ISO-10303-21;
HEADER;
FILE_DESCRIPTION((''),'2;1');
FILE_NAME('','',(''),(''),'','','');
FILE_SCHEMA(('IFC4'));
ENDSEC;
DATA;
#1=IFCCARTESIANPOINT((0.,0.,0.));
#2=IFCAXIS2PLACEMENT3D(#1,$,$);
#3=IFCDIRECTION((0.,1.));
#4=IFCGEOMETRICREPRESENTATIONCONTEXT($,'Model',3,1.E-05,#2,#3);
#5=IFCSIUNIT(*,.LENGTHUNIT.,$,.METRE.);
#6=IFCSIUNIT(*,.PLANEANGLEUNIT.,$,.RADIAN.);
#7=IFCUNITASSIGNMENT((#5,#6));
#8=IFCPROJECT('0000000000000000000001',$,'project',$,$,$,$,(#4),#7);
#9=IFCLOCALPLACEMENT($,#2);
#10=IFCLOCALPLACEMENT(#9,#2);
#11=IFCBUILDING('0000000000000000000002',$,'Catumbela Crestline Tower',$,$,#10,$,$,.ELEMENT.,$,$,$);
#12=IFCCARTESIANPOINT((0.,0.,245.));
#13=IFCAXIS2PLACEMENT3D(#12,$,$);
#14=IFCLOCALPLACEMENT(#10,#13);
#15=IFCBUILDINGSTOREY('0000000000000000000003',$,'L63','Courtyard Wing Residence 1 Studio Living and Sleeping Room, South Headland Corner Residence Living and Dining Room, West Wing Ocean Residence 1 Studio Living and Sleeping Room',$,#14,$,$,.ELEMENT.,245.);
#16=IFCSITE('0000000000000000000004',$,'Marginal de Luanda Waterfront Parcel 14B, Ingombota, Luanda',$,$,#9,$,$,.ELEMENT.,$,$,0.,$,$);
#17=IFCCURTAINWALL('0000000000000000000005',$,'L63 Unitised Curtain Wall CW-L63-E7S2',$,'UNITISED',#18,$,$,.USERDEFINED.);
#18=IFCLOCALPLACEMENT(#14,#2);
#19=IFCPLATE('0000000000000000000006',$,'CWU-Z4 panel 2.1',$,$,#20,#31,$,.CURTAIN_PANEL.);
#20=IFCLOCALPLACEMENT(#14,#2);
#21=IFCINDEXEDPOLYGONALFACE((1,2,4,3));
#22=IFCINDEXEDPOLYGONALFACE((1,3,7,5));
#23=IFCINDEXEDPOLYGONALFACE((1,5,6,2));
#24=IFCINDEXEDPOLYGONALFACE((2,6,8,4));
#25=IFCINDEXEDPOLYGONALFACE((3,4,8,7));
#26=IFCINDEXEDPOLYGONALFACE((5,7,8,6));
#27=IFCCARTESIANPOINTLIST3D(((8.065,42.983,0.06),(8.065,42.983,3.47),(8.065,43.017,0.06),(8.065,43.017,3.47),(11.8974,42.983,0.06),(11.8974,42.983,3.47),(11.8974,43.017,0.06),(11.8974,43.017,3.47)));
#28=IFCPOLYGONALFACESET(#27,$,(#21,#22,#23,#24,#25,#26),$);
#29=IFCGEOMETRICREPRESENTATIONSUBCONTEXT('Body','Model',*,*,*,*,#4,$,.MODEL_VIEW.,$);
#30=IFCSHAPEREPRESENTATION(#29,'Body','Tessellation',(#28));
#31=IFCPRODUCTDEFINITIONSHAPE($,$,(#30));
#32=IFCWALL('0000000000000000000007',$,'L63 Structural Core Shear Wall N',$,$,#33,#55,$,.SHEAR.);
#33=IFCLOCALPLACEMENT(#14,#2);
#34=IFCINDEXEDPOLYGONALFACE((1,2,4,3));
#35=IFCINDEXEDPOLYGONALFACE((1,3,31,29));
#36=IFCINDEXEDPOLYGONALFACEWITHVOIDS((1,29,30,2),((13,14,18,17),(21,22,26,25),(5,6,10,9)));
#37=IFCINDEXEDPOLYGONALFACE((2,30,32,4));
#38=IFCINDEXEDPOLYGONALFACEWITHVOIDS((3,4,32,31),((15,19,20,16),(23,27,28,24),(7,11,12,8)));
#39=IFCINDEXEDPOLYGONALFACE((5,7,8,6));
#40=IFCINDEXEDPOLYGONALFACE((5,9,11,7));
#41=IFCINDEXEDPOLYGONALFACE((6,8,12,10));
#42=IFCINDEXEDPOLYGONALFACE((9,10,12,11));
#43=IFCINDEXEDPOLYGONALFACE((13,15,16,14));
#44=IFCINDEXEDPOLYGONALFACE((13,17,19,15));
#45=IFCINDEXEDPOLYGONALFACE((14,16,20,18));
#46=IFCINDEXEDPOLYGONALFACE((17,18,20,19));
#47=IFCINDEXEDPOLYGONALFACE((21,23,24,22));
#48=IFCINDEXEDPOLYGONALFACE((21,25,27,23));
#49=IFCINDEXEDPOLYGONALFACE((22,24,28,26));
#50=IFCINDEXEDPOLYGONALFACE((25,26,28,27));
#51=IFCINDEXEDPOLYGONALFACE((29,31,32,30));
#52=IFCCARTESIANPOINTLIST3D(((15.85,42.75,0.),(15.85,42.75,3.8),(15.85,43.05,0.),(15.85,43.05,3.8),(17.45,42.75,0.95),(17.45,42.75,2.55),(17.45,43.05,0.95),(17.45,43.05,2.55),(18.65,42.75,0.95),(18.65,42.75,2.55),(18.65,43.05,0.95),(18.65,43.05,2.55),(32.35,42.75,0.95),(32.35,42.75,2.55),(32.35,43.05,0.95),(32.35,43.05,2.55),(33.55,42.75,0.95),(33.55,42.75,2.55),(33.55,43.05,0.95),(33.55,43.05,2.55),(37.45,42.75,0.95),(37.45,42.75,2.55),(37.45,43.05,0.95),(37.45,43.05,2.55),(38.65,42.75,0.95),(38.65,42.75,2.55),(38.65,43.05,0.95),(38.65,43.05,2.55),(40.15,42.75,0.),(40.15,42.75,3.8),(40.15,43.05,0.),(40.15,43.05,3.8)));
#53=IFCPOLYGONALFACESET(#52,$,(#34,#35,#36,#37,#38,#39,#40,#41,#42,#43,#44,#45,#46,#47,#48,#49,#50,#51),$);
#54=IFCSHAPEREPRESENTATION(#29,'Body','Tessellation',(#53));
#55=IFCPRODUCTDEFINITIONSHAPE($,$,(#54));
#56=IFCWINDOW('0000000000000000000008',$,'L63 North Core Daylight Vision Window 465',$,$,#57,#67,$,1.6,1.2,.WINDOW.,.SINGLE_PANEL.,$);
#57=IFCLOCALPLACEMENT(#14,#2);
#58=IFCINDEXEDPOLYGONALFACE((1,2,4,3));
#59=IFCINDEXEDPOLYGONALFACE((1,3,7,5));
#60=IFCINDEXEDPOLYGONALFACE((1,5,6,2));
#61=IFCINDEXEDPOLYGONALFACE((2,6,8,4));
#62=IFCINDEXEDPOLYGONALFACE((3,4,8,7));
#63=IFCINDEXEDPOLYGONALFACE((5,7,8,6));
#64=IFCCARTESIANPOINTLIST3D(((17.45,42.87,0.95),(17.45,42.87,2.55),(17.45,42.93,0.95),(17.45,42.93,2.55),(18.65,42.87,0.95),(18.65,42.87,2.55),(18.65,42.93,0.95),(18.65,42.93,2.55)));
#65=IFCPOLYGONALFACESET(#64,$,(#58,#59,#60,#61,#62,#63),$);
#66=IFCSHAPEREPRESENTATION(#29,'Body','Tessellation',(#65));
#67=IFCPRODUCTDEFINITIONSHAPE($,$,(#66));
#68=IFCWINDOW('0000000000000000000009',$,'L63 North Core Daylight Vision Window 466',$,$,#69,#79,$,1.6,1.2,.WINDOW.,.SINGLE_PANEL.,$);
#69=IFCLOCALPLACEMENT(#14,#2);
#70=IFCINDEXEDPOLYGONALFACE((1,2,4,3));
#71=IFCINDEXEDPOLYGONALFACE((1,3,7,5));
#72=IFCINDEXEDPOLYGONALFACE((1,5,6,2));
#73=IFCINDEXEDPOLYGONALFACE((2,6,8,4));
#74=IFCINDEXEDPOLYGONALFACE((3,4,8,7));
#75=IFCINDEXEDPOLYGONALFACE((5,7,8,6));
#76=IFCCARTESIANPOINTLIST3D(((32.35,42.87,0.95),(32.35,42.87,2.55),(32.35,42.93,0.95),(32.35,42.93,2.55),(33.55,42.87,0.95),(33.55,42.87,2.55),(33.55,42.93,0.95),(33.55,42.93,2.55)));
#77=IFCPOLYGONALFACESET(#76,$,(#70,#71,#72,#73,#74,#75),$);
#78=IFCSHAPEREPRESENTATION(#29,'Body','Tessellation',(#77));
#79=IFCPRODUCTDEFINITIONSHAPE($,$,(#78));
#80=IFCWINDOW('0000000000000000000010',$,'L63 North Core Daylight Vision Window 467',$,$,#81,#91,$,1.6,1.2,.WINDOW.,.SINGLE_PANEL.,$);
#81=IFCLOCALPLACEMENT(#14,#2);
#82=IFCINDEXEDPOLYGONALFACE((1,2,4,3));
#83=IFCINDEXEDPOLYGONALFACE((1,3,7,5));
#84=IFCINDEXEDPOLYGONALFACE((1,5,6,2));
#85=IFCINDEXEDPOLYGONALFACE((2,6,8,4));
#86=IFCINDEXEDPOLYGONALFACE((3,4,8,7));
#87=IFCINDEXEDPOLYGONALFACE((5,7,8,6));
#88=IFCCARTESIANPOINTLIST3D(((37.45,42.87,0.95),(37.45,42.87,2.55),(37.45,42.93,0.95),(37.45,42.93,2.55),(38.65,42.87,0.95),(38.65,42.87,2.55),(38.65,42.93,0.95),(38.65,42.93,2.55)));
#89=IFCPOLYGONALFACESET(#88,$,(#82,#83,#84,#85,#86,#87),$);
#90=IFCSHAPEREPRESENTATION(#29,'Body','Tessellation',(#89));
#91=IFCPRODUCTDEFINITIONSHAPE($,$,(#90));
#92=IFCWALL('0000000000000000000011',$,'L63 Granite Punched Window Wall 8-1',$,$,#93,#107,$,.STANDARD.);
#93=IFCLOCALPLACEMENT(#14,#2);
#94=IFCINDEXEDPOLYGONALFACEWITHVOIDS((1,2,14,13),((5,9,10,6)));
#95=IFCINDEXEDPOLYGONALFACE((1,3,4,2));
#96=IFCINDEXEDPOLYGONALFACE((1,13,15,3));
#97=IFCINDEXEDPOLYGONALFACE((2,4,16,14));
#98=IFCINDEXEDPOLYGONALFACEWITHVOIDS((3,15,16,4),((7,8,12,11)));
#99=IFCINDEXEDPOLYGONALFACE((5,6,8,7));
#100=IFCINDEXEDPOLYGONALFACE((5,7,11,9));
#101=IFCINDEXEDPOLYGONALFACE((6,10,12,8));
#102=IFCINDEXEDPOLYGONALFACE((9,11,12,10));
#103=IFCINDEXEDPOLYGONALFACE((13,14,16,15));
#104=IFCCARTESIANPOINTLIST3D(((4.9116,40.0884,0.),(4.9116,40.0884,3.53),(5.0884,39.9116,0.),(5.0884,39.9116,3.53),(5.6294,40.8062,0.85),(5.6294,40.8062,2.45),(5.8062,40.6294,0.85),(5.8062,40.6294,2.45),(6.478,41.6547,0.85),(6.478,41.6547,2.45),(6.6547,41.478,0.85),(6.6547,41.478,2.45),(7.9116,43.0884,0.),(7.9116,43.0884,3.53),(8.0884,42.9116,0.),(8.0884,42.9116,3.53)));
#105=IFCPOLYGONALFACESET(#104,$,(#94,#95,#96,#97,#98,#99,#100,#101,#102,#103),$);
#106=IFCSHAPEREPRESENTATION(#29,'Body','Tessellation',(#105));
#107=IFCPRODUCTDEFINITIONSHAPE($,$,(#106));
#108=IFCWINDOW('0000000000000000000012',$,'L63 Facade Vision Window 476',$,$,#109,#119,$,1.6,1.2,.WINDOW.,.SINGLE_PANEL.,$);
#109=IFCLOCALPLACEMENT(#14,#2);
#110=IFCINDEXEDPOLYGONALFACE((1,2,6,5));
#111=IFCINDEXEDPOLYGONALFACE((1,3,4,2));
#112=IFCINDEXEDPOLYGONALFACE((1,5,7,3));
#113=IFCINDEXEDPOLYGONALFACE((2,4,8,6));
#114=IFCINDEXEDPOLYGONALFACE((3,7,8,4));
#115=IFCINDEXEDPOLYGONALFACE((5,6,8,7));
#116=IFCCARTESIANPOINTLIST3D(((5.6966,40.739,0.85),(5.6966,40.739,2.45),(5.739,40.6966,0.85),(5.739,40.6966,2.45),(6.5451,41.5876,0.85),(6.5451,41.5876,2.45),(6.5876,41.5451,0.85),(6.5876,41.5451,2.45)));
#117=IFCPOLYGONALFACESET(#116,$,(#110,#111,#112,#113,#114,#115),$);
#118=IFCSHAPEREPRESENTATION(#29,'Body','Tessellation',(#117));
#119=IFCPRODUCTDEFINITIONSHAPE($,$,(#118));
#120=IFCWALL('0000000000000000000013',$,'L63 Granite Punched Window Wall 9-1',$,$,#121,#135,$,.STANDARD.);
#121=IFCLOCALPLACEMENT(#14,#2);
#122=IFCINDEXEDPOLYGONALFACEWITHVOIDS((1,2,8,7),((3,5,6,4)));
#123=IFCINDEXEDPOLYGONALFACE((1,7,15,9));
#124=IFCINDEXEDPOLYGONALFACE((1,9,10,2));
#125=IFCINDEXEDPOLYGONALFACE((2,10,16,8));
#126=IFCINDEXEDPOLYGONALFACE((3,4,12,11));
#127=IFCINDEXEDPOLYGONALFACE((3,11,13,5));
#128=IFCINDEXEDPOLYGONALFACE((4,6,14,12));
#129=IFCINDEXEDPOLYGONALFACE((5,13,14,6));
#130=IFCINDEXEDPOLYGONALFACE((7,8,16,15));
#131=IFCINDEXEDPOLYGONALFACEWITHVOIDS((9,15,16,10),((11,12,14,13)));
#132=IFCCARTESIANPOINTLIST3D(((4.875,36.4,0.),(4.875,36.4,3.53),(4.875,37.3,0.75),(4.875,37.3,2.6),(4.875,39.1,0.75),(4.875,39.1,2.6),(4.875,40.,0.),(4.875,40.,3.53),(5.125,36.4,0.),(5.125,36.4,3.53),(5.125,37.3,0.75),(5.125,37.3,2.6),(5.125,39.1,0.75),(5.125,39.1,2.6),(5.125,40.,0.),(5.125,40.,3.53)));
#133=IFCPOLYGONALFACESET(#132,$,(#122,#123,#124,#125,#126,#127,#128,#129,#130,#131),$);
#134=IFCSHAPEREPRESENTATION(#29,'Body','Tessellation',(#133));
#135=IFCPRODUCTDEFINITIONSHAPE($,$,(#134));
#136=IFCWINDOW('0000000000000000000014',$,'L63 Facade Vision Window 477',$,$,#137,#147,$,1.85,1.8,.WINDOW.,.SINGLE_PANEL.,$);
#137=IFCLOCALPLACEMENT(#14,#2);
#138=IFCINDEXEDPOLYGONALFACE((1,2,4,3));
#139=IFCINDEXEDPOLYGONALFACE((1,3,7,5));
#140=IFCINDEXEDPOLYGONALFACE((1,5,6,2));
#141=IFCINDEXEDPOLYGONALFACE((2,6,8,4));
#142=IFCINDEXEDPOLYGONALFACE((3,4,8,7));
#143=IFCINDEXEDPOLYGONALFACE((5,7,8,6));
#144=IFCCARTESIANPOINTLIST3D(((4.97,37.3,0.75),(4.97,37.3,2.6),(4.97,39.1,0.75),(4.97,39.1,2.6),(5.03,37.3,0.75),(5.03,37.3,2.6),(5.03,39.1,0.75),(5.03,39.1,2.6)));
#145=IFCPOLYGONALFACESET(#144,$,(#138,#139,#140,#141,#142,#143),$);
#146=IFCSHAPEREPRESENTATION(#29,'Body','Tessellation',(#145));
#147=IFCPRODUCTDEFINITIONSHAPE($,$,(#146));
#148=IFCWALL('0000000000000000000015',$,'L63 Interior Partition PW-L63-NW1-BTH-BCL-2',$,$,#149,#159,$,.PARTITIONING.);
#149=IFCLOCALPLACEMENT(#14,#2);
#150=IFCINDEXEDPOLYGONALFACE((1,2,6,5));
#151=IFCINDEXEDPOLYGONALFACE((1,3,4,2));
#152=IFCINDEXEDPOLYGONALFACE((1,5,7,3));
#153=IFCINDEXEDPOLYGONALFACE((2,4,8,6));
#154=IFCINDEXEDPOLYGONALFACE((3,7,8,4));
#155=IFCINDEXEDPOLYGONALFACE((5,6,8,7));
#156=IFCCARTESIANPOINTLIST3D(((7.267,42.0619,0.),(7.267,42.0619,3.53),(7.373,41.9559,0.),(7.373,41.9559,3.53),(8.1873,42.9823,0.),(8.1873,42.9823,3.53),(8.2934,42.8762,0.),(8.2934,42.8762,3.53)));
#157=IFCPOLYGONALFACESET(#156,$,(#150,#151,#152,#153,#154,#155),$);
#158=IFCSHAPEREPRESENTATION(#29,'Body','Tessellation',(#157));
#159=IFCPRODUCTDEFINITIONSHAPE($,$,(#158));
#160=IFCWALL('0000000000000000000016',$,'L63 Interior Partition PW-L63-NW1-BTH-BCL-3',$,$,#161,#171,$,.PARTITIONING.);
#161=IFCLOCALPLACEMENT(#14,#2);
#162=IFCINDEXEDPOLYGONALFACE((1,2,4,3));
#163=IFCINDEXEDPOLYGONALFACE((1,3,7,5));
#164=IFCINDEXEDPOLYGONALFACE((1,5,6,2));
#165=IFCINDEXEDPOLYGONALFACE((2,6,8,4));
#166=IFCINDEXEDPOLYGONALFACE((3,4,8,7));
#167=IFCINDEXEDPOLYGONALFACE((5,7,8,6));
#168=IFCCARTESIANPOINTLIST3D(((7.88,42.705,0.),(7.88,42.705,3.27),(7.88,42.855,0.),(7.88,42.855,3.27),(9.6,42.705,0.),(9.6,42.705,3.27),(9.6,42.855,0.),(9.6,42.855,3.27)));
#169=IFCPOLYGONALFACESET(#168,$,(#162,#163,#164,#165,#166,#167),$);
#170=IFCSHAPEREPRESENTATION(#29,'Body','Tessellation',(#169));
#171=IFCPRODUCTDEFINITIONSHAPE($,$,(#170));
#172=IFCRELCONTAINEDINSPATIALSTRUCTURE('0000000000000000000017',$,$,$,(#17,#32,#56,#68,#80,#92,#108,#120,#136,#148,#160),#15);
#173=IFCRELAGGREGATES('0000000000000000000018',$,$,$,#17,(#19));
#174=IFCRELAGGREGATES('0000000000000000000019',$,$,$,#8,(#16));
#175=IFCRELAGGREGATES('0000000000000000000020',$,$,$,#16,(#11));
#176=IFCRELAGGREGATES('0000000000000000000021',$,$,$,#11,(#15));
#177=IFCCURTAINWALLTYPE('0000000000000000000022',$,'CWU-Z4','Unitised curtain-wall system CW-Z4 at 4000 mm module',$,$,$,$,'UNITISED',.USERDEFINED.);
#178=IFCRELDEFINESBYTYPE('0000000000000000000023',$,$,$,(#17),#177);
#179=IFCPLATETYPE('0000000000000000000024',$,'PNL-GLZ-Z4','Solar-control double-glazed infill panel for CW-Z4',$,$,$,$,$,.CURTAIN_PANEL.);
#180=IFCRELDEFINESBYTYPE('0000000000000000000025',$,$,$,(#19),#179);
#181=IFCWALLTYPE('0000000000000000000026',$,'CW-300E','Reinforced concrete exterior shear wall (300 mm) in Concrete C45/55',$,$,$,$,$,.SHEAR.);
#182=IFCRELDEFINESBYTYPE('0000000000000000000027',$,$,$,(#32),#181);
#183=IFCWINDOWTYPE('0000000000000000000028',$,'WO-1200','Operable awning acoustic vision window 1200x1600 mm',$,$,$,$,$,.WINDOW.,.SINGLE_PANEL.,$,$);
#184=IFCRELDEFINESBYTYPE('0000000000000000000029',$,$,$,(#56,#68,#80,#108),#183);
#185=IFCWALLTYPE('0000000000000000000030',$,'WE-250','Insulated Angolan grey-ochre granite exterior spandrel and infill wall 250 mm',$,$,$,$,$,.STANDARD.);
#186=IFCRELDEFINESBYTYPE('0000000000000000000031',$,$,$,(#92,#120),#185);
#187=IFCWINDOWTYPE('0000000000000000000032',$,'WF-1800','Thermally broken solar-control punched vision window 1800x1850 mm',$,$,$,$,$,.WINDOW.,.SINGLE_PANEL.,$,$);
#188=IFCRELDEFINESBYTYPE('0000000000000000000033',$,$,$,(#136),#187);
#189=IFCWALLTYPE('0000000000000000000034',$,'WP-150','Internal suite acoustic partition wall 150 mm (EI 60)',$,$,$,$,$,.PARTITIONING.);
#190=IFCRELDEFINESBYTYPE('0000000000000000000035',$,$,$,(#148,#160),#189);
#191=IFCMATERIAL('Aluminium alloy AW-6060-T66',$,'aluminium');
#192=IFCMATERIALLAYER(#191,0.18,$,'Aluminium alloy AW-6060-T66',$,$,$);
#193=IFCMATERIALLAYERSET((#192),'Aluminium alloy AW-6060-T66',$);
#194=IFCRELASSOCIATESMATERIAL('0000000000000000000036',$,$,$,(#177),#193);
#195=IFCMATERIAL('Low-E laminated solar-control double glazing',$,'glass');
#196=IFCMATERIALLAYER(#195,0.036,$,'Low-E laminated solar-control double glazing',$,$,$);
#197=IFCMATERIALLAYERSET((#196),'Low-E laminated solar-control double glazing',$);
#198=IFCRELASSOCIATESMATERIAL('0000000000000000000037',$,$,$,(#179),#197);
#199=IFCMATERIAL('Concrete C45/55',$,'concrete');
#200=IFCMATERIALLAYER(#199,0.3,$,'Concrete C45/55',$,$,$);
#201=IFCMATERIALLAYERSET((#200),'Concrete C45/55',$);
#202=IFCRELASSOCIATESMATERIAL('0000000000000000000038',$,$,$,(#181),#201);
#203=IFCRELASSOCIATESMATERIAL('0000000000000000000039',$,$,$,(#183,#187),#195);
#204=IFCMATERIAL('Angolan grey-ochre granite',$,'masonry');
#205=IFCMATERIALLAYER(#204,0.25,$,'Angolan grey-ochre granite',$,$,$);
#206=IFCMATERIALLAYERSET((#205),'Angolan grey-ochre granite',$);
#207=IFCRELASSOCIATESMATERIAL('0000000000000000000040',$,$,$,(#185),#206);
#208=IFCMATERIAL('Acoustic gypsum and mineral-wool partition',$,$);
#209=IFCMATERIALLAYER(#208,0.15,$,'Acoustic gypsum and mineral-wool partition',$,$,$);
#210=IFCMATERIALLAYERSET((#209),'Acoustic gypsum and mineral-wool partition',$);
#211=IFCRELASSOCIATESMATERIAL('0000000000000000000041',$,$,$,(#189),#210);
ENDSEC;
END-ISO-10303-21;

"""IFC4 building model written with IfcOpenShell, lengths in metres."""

from ifc_helpers import new_model, si_unit, direction, frame, frame_2d, origin, origin_2d, place, context, subcontext, project, spatial, rectangle, extrude, material, layer, layer_set, type_object, element, fill, aggregate, save


model = new_model("IFC4")

# Units and contexts
model_context = context("Model", 3, precision=1e-05, world=origin(), true_north=direction((0.0, 1.0)))
body_context = subcontext(model_context, "Body", "Model", "MODEL_VIEW")
ifc_project = project(units=[si_unit("LENGTHUNIT", "METRE"), si_unit("PLANEANGLEUNIT", "RADIAN")], contexts=[model_context])

# Site, building, storey
site_placement = place(None, origin())
site = spatial("IfcSite", under=ifc_project, at=site_placement, Name="Marginal de Luanda Waterfront Parcel 14B, Ingombota, Luanda", CompositionType="ELEMENT", RefElevation=0.0)
building_placement = place(site_placement, origin())
building = spatial("IfcBuilding", under=site, at=building_placement, Name="Catumbela Crestline Tower", CompositionType="ELEMENT")
storey_placement = place(building_placement, frame((0.0, 0.0, 245.0)))
storey = spatial("IfcBuildingStorey", under=building, at=storey_placement, Name="L63", Description="Courtyard Wing Residence 1 Studio Living and Sleeping Room, South Headland Corner Residence Living and Dining Room, West Wing Ocean Residence 1 Studio Living and Sleeping Room", CompositionType="ELEMENT", Elevation=245.0)

# Curtain wall, plate
ifc_material_1 = material(Name="Aluminium alloy AW-6060-T66", Category="aluminium")
ifc_layer_1 = layer(ifc_material_1, 0.18, Name="Aluminium alloy AW-6060-T66")
ifc_layer_set_1 = layer_set([ifc_layer_1], Name="Aluminium alloy AW-6060-T66")
curtain_wall_type = type_object("IfcCurtainWallType", Name="CWU-Z4", Description="Unitised curtain-wall system CW-Z4 at 4000 mm module", ElementType="UNITISED", PredefinedType="USERDEFINED", material=ifc_layer_set_1)
curtain_wall_placement = place(storey_placement, origin())
curtain_wall = element("IfcCurtainWall", 1, at=curtain_wall_placement, inside=storey, type_object=curtain_wall_type, Name="L63 Unitised Curtain Wall CW-L63-E7S2", ObjectType="UNITISED", PredefinedType="USERDEFINED")
ifc_material_2 = material(Name="Low-E laminated solar-control double glazing", Category="glass")
ifc_layer_2 = layer(ifc_material_2, 0.036, Name="Low-E laminated solar-control double glazing")
ifc_layer_set_2 = layer_set([ifc_layer_2], Name="Low-E laminated solar-control double glazing")
plate_type = type_object("IfcPlateType", Name="PNL-GLZ-Z4", Description="Solar-control double-glazed infill panel for CW-Z4", PredefinedType="CURTAIN_PANEL", material=ifc_layer_set_2)
plate_1_placement = place(storey_placement, frame((9.9812, 43.0, 0.06), z_axis=(0.0, 0.0, 1.0), x_axis=(-1.0, 0.0, 0.0)))
plate_1 = element("IfcPlate", 2, at=plate_1_placement, type_object=plate_type, Name="CWU-Z4 panel 2.1", PredefinedType="CURTAIN_PANEL", context=body_context, shape_type="SweptSolid", body=[
    extrude(rectangle(XDim=3.8325, YDim=0.034, at=origin_2d()), origin(), (0.0, 0.0, 1.0), 3.41),
])
aggregate(curtain_wall, [plate_1])

# Wall, openings, windows
ifc_material_3 = material(Name="Concrete C45/55", Category="concrete")
ifc_layer_3 = layer(ifc_material_3, 0.3, Name="Concrete C45/55")
ifc_layer_set_3 = layer_set([ifc_layer_3], Name="Concrete C45/55")
wall_type_1 = type_object("IfcWallType", Name="CW-300E", Description="Reinforced concrete exterior shear wall (300 mm) in Concrete C45/55", PredefinedType="SHEAR", material=ifc_layer_set_3)
wall_1_placement = place(storey_placement, frame((15.85, 42.9, 0.0), z_axis=(0.0, 0.0, 1.0), x_axis=(1.0, 0.0, 0.0)))
wall_1 = element("IfcWall", 3, at=wall_1_placement, inside=storey, type_object=wall_type_1, Name="L63 Structural Core Shear Wall N", PredefinedType="SHEAR", context=body_context, shape_type="SweptSolid", body=[
    extrude(rectangle(XDim=24.3, YDim=0.3, at=frame_2d((12.15, 0.0))), origin(), (0.0, 0.0, 1.0), 3.8),
])
opening_1_placement = place(wall_1_placement, frame((1.6, 0.0, 0.95)))
opening_1 = element("IfcOpeningElement", 4, at=opening_1_placement, cuts=wall_1, PredefinedType="OPENING", context=body_context, shape_type="SweptSolid", body=[
    extrude(rectangle(XDim=1.2, YDim=1.6, at=frame_2d((0.6, 0.8))), frame((0.0, 0.16, 0.0), z_axis=(0.0, -1.0, 0.0), x_axis=(1.0, 0.0, 0.0)), (0.0, 0.0, 1.0), 0.32),
])
opening_2_placement = place(wall_1_placement, frame((16.5, 0.0, 0.95)))
opening_2 = element("IfcOpeningElement", 5, at=opening_2_placement, cuts=wall_1, PredefinedType="OPENING", context=body_context, shape_type="SweptSolid", body=[
    extrude(rectangle(XDim=1.2, YDim=1.6, at=frame_2d((0.6, 0.8))), frame((0.0, 0.16, 0.0), z_axis=(0.0, -1.0, 0.0), x_axis=(1.0, 0.0, 0.0)), (0.0, 0.0, 1.0), 0.32),
])
opening_3_placement = place(wall_1_placement, frame((21.6, 0.0, 0.95)))
opening_3 = element("IfcOpeningElement", 6, at=opening_3_placement, cuts=wall_1, PredefinedType="OPENING", context=body_context, shape_type="SweptSolid", body=[
    extrude(rectangle(XDim=1.2, YDim=1.6, at=frame_2d((0.6, 0.8))), frame((0.0, 0.16, 0.0), z_axis=(0.0, -1.0, 0.0), x_axis=(1.0, 0.0, 0.0)), (0.0, 0.0, 1.0), 0.32),
])
window_type_1 = type_object("IfcWindowType", Name="WO-1200", Description="Operable awning acoustic vision window 1200x1600 mm", PartitioningType="SINGLE_PANEL", PredefinedType="WINDOW", material=ifc_material_2)
window_1_placement = place(opening_1_placement, origin())
window_1 = element("IfcWindow", 7, at=window_1_placement, inside=storey, type_object=window_type_1, Name="L63 North Core Daylight Vision Window 465", OverallHeight=1.6, OverallWidth=1.2, PartitioningType="SINGLE_PANEL", PredefinedType="WINDOW", context=body_context, shape_type="SweptSolid", body=[
    extrude(rectangle(XDim=1.2, YDim=1.6, at=frame_2d((0.6, 0.8))), frame((0.0, 0.03, 0.0), z_axis=(0.0, -1.0, 0.0), x_axis=(1.0, 0.0, 0.0)), (0.0, 0.0, 1.0), 0.06),
])
fill(opening_1, window_1)
window_2_placement = place(opening_2_placement, origin())
window_2 = element("IfcWindow", 8, at=window_2_placement, inside=storey, type_object=window_type_1, Name="L63 North Core Daylight Vision Window 466", OverallHeight=1.6, OverallWidth=1.2, PartitioningType="SINGLE_PANEL", PredefinedType="WINDOW", context=body_context, shape_type="SweptSolid", body=[
    extrude(rectangle(XDim=1.2, YDim=1.6, at=frame_2d((0.6, 0.8))), frame((0.0, 0.03, 0.0), z_axis=(0.0, -1.0, 0.0), x_axis=(1.0, 0.0, 0.0)), (0.0, 0.0, 1.0), 0.06),
])
fill(opening_2, window_2)
window_3_placement = place(opening_3_placement, origin())
window_3 = element("IfcWindow", 9, at=window_3_placement, inside=storey, type_object=window_type_1, Name="L63 North Core Daylight Vision Window 467", OverallHeight=1.6, OverallWidth=1.2, PartitioningType="SINGLE_PANEL", PredefinedType="WINDOW", context=body_context, shape_type="SweptSolid", body=[
    extrude(rectangle(XDim=1.2, YDim=1.6, at=frame_2d((0.6, 0.8))), frame((0.0, 0.03, 0.0), z_axis=(0.0, -1.0, 0.0), x_axis=(1.0, 0.0, 0.0)), (0.0, 0.0, 1.0), 0.06),
])
fill(opening_3, window_3)

# Walls, openings, windows
ifc_material_4 = material(Name="Angolan grey-ochre granite", Category="masonry")
ifc_layer_4 = layer(ifc_material_4, 0.25, Name="Angolan grey-ochre granite")
ifc_layer_set_4 = layer_set([ifc_layer_4], Name="Angolan grey-ochre granite")
wall_type_2 = type_object("IfcWallType", Name="WE-250", Description="Insulated Angolan grey-ochre granite exterior spandrel and infill wall 250 mm", PredefinedType="STANDARD", material=ifc_layer_set_4)
wall_2_placement = place(storey_placement, frame((8.0, 43.0, 0.0), z_axis=(0.0, 0.0, 1.0), x_axis=(-0.707107, -0.707107, 0.0)))
wall_2 = element("IfcWall", 10, at=wall_2_placement, inside=storey, type_object=wall_type_2, Name="L63 Granite Punched Window Wall 8-1", PredefinedType="STANDARD", context=body_context, shape_type="SweptSolid", body=[
    extrude(rectangle(XDim=4.2426, YDim=0.25, at=frame_2d((2.1213, 0.0))), origin(), (0.0, 0.0, 1.0), 3.53),
])
opening_4_placement = place(wall_2_placement, frame((2.0275, 0.0, 0.85)))
opening_4 = element("IfcOpeningElement", 11, at=opening_4_placement, cuts=wall_2, PredefinedType="OPENING", context=body_context, shape_type="SweptSolid", body=[
    extrude(rectangle(XDim=1.2, YDim=1.6, at=frame_2d((0.6, 0.8))), frame((0.0, 0.135, 0.0), z_axis=(0.0, -1.0, 0.0), x_axis=(1.0, 0.0, 0.0)), (0.0, 0.0, 1.0), 0.27),
])
window_4_placement = place(opening_4_placement, origin())
window_4 = element("IfcWindow", 12, at=window_4_placement, inside=storey, type_object=window_type_1, Name="L63 Facade Vision Window 476", OverallHeight=1.6, OverallWidth=1.2, PartitioningType="SINGLE_PANEL", PredefinedType="WINDOW", context=body_context, shape_type="SweptSolid", body=[
    extrude(rectangle(XDim=1.2, YDim=1.6, at=frame_2d((0.6, 0.8))), frame((0.0, 0.03, 0.0), z_axis=(0.0, -1.0, 0.0), x_axis=(1.0, 0.0, 0.0)), (0.0, 0.0, 1.0), 0.06),
])
fill(opening_4, window_4)
wall_3_placement = place(storey_placement, frame((5.0, 40.0, 0.0), z_axis=(0.0, 0.0, 1.0), x_axis=(0.0, -1.0, 0.0)))
wall_3 = element("IfcWall", 13, at=wall_3_placement, inside=storey, type_object=wall_type_2, Name="L63 Granite Punched Window Wall 9-1", PredefinedType="STANDARD", context=body_context, shape_type="SweptSolid", body=[
    extrude(rectangle(XDim=3.6, YDim=0.25, at=frame_2d((1.8, 0.0))), origin(), (0.0, 0.0, 1.0), 3.53),
])
opening_5_placement = place(wall_3_placement, frame((0.9, 0.0, 0.75)))
opening_5 = element("IfcOpeningElement", 14, at=opening_5_placement, cuts=wall_3, PredefinedType="OPENING", context=body_context, shape_type="SweptSolid", body=[
    extrude(rectangle(XDim=1.8, YDim=1.85, at=frame_2d((0.9, 0.925))), frame((0.0, 0.135, 0.0), z_axis=(0.0, -1.0, 0.0), x_axis=(1.0, 0.0, 0.0)), (0.0, 0.0, 1.0), 0.27),
])
window_type_2 = type_object("IfcWindowType", Name="WF-1800", Description="Thermally broken solar-control punched vision window 1800x1850 mm", PartitioningType="SINGLE_PANEL", PredefinedType="WINDOW", material=ifc_material_2)
window_5_placement = place(opening_5_placement, origin())
window_5 = element("IfcWindow", 15, at=window_5_placement, inside=storey, type_object=window_type_2, Name="L63 Facade Vision Window 477", OverallHeight=1.85, OverallWidth=1.8, PartitioningType="SINGLE_PANEL", PredefinedType="WINDOW", context=body_context, shape_type="SweptSolid", body=[
    extrude(rectangle(XDim=1.8, YDim=1.85, at=frame_2d((0.9, 0.925))), frame((0.0, 0.03, 0.0), z_axis=(0.0, -1.0, 0.0), x_axis=(1.0, 0.0, 0.0)), (0.0, 0.0, 1.0), 0.06),
])
fill(opening_5, window_5)

# Walls
ifc_material_5 = material(Name="Acoustic gypsum and mineral-wool partition")
ifc_layer_5 = layer(ifc_material_5, 0.15, Name="Acoustic gypsum and mineral-wool partition")
ifc_layer_set_5 = layer_set([ifc_layer_5], Name="Acoustic gypsum and mineral-wool partition")
wall_type_3 = type_object("IfcWallType", Name="WP-150", Description="Internal suite acoustic partition wall 150 mm (EI 60)", PredefinedType="PARTITIONING", material=ifc_layer_set_5)
wall_4_placement = place(storey_placement, frame((7.32, 42.0089, 0.0), z_axis=(0.0, 0.0, 1.0), x_axis=(0.707107, 0.707107, 0.0)))
element("IfcWall", 16, at=wall_4_placement, inside=storey, type_object=wall_type_3, Name="L63 Interior Partition PW-L63-NW1-BTH-BCL-2", PredefinedType="PARTITIONING", context=body_context, shape_type="SweptSolid", body=[
    extrude(rectangle(XDim=1.3016, YDim=0.15, at=frame_2d((0.6508, 0.0))), origin(), (0.0, 0.0, 1.0), 3.53),
])
wall_5_placement = place(storey_placement, frame((7.88, 42.78, 0.0), z_axis=(0.0, 0.0, 1.0), x_axis=(1.0, 0.0, 0.0)))
element("IfcWall", 17, at=wall_5_placement, inside=storey, type_object=wall_type_3, Name="L63 Interior Partition PW-L63-NW1-BTH-BCL-3", PredefinedType="PARTITIONING", context=body_context, shape_type="SweptSolid", body=[
    extrude(rectangle(XDim=1.72, YDim=0.15, at=frame_2d((0.86, 0.0))), origin(), (0.0, 0.0, 1.0), 3.27),
])

save(model, "model.ifc")
